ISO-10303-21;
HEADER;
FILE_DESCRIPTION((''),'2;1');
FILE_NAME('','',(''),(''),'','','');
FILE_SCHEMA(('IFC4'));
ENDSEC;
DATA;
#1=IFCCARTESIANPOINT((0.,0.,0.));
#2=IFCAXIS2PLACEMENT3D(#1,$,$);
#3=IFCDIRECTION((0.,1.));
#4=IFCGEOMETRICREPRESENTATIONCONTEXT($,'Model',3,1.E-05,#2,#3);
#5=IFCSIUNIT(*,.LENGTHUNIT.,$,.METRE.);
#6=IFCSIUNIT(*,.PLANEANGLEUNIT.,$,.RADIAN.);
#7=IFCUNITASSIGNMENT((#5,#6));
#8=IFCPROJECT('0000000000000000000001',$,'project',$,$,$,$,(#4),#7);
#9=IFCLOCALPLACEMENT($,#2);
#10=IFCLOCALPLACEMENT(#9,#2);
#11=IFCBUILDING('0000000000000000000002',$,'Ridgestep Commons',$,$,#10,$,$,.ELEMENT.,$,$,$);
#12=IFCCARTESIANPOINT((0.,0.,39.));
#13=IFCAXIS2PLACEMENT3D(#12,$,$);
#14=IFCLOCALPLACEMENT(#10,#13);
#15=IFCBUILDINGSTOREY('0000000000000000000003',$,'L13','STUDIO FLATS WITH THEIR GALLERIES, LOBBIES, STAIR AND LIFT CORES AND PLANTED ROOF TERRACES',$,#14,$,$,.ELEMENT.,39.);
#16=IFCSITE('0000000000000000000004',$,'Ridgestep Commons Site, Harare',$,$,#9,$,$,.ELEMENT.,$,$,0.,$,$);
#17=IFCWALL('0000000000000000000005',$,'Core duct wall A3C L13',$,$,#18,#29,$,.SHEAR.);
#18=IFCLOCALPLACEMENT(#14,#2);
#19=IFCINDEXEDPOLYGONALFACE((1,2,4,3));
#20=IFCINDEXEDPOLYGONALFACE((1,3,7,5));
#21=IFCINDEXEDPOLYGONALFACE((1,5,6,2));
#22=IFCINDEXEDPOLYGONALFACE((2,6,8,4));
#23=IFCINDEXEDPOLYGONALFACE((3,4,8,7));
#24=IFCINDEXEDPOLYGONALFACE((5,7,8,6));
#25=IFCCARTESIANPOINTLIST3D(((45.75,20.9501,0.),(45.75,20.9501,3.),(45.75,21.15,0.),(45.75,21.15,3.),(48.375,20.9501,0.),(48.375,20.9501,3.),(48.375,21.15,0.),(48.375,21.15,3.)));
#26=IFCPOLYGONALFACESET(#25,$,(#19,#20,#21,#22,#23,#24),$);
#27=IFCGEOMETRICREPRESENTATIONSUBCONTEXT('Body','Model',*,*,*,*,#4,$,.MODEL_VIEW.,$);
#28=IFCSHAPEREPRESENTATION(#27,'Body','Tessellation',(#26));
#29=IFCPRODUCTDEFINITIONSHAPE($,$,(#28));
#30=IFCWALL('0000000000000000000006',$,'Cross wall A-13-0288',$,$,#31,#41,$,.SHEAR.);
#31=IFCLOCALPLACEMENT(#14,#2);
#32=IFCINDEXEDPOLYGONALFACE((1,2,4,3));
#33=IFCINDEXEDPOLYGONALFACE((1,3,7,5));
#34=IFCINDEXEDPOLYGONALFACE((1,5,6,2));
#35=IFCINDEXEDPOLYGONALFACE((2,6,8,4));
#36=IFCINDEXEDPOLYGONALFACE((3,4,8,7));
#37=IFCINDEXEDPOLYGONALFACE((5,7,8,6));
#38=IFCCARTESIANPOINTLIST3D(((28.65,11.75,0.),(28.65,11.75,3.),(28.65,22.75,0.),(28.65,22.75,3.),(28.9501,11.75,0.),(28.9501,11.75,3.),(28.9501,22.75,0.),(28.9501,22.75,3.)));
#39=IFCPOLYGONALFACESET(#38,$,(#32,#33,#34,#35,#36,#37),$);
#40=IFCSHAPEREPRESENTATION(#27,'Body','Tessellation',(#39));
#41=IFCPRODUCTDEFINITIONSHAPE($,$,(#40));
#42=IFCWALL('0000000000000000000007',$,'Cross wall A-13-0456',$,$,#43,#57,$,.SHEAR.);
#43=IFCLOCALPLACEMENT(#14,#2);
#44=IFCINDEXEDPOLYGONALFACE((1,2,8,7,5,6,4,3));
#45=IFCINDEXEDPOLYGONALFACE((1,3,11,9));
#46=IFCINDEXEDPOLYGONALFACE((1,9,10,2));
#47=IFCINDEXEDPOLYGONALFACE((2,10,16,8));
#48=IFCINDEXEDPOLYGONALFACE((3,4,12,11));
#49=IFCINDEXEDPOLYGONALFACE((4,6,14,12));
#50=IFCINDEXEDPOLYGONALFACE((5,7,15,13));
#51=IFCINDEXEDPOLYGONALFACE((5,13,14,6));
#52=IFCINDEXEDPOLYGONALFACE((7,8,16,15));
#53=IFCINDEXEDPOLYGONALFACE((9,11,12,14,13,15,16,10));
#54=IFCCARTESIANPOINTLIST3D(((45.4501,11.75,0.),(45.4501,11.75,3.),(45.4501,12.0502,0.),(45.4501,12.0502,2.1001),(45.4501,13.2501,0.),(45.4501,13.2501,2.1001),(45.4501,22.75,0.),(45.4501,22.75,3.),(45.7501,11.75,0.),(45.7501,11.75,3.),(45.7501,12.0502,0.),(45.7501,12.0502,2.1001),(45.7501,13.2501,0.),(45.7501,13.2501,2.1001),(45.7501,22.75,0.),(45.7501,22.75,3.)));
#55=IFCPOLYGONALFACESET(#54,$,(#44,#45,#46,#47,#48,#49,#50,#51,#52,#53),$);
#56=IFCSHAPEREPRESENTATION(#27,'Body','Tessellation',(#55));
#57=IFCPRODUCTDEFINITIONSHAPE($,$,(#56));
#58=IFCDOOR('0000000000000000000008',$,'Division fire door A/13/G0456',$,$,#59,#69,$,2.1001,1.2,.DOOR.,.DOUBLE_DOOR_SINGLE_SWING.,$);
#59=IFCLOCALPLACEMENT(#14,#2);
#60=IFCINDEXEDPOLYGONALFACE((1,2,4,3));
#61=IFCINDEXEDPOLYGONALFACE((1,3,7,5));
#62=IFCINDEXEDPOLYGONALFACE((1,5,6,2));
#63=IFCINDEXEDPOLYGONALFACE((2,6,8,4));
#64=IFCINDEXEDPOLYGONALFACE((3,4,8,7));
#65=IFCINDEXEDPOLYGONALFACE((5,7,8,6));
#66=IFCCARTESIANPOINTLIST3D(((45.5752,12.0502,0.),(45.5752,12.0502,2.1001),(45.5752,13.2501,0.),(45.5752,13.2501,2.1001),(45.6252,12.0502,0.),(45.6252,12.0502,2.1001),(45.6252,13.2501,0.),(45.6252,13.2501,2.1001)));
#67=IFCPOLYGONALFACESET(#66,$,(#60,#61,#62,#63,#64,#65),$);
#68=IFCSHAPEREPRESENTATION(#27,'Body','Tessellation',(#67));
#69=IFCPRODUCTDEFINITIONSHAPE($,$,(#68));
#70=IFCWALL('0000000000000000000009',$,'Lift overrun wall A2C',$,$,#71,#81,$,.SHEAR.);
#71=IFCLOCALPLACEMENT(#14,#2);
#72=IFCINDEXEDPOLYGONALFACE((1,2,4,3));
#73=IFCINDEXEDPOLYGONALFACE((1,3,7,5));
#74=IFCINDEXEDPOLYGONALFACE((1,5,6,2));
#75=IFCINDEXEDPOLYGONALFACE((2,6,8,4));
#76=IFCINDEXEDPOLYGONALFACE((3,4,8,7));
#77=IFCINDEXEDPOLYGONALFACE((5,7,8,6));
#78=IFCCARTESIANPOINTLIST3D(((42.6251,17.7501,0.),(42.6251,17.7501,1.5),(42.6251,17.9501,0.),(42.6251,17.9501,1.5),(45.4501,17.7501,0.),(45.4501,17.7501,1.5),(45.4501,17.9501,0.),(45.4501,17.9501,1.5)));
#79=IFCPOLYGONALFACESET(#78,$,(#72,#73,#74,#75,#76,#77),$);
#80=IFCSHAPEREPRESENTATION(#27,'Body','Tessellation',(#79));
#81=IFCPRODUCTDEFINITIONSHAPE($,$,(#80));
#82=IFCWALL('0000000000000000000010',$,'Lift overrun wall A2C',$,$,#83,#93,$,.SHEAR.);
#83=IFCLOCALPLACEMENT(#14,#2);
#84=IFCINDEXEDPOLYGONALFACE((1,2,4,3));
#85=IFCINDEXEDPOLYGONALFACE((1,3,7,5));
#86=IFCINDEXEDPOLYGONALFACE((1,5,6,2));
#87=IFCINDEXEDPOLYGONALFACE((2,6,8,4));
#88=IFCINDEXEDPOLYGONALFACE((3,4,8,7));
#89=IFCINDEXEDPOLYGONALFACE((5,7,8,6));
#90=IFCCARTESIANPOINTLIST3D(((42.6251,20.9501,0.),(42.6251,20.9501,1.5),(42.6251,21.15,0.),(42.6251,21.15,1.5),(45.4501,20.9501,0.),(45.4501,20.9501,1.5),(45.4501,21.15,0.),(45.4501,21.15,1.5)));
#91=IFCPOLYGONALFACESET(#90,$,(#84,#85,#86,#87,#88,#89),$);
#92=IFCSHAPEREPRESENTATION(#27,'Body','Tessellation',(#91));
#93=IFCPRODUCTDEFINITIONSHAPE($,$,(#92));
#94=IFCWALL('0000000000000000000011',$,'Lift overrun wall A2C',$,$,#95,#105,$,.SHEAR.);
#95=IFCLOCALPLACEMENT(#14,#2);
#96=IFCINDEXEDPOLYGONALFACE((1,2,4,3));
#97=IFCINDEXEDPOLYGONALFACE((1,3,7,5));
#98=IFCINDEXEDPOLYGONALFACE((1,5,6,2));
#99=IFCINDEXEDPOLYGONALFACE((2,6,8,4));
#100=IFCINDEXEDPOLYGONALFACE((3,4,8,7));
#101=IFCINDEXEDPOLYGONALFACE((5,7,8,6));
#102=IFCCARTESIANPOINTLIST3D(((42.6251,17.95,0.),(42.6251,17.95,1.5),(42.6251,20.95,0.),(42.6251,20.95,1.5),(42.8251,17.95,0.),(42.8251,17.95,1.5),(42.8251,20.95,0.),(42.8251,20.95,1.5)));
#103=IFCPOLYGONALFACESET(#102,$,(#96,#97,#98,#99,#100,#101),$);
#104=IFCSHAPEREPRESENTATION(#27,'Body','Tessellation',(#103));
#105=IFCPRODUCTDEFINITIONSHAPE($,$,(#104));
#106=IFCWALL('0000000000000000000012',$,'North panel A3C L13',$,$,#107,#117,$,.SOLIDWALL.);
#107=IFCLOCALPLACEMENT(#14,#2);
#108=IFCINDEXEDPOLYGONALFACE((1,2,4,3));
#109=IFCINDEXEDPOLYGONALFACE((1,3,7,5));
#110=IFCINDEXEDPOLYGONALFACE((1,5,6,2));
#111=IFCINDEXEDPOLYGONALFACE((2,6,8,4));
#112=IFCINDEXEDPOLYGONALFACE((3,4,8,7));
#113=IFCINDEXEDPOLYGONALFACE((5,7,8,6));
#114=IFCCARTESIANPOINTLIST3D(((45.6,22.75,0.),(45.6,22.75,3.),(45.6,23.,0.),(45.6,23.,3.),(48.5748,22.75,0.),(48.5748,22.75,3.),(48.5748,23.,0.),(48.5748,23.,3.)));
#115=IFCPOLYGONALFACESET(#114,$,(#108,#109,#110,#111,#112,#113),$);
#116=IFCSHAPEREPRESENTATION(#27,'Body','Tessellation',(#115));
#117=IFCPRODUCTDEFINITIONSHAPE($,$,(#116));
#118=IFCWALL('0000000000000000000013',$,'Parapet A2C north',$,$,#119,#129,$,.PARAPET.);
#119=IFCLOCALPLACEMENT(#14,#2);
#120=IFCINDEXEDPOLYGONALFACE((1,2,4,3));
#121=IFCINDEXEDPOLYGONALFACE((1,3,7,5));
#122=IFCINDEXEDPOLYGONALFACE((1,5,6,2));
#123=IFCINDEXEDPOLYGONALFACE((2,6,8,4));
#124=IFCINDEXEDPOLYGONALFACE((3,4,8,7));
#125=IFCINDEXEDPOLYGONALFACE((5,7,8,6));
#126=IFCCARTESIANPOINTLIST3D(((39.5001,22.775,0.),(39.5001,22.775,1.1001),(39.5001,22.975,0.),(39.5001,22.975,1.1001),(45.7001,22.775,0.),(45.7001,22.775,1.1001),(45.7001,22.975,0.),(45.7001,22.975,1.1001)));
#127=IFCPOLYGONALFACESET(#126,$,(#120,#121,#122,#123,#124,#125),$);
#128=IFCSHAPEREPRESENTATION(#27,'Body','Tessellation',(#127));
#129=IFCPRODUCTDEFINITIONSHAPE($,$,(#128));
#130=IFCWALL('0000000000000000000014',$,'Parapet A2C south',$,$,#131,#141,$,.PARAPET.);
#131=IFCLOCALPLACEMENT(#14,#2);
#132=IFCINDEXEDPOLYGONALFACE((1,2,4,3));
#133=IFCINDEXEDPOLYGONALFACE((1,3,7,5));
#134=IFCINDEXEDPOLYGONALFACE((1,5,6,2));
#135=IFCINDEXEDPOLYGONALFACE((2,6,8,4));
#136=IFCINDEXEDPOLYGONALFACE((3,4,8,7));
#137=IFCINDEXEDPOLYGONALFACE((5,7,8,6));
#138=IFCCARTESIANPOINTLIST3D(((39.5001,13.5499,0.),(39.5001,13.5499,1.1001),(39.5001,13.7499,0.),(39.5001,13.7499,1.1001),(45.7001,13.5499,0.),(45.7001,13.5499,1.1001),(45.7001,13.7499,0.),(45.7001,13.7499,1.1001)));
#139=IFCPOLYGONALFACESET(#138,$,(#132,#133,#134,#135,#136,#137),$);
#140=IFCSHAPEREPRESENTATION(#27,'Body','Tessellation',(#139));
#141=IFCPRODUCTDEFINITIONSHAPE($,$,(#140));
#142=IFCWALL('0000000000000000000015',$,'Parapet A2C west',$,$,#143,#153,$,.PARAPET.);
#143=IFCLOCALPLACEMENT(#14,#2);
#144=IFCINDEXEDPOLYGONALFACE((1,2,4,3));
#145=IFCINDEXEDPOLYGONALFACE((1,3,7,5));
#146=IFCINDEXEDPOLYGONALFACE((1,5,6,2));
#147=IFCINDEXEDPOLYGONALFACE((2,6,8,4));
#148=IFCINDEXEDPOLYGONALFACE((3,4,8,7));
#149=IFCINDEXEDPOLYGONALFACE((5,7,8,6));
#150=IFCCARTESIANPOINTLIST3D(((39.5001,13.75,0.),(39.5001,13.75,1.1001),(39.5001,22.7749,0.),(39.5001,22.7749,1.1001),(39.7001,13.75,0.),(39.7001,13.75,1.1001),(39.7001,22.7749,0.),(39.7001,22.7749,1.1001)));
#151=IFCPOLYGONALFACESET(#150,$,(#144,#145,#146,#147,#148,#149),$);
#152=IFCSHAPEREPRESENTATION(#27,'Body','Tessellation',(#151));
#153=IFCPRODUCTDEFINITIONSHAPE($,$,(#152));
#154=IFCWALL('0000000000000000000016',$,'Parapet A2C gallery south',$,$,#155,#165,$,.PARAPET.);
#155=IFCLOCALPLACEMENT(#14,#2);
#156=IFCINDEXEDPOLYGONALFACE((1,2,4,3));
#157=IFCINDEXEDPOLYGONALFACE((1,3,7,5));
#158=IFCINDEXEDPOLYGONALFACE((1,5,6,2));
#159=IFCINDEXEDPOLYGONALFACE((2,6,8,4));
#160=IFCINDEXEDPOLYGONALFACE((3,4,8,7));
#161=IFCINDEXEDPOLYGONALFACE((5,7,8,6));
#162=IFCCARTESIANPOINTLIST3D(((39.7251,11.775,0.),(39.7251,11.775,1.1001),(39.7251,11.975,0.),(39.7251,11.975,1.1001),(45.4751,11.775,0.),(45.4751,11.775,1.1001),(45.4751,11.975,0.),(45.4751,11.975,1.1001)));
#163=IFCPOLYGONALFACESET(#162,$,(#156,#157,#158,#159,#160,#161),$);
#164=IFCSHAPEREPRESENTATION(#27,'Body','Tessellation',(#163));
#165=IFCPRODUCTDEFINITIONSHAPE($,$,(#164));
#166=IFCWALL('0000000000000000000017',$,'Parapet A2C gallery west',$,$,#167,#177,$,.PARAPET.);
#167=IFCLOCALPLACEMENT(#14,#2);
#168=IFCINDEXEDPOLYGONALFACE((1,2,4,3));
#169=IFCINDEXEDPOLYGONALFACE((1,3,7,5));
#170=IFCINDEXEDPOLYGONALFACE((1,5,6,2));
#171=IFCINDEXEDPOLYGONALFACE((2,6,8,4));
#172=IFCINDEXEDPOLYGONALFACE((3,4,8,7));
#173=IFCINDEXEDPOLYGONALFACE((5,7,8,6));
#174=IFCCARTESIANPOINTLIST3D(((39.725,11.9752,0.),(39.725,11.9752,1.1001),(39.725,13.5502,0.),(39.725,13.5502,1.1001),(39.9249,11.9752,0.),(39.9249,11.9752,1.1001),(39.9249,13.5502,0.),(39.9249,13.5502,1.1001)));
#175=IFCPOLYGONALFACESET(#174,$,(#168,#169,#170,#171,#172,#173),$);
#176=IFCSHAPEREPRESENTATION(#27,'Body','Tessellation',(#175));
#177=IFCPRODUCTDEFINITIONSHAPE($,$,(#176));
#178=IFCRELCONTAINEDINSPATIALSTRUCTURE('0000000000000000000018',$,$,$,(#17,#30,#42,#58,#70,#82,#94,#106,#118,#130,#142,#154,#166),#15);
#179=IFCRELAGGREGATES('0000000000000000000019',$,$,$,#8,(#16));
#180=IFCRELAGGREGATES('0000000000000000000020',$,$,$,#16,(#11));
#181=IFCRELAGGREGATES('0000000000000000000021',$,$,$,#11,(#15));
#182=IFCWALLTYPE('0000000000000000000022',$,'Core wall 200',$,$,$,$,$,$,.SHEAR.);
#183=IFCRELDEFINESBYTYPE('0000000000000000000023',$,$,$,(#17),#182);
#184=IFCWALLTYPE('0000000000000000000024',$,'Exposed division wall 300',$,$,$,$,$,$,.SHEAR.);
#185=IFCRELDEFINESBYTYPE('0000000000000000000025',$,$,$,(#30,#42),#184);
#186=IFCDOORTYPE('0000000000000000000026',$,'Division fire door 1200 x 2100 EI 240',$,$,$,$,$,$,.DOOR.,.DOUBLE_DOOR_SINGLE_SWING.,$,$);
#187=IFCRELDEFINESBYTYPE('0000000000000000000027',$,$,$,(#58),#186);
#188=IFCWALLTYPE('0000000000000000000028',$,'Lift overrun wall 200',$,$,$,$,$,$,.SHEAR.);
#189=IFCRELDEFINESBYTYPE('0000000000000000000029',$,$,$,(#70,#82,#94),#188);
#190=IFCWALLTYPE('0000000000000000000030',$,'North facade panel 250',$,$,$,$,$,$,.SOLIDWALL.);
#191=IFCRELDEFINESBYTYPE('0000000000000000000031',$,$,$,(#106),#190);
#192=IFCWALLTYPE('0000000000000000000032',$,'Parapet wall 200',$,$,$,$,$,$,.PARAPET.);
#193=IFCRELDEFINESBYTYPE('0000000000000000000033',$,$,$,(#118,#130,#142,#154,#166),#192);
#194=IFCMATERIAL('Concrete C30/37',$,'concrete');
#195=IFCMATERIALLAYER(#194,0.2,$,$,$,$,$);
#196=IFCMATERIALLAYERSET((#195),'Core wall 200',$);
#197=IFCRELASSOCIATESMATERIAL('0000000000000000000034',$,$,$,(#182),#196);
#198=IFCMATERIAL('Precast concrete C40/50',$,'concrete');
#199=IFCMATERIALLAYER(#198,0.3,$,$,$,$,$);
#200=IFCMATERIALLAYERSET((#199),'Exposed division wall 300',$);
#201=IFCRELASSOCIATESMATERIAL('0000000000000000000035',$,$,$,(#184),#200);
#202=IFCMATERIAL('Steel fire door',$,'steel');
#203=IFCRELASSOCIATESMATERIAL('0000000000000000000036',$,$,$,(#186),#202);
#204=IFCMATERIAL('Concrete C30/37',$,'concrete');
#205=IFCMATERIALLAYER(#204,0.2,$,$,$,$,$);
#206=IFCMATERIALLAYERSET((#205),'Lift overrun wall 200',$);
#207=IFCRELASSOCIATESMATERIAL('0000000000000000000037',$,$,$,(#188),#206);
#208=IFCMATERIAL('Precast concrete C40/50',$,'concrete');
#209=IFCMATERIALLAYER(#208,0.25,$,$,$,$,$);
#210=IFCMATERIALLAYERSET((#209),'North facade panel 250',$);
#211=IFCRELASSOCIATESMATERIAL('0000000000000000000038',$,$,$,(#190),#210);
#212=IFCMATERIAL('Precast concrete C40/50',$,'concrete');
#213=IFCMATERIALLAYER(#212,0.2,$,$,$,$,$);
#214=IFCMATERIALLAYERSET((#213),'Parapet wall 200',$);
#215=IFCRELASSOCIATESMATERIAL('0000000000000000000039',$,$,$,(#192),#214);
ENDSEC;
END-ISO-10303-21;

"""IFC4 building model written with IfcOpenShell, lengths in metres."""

from ifc_helpers import new_model, si_unit, direction, frame, frame_2d, origin, place, context, subcontext, project, spatial, rectangle, extrude, material, layer, layer_set, type_object, element, fill, save


model = new_model("IFC4")

# Units and contexts
model_context = context("Model", 3, precision=1e-05, world=origin(), true_north=direction((0.0, 1.0)))
body_context = subcontext(model_context, "Body", "Model", "MODEL_VIEW")
ifc_project = project(units=[si_unit("LENGTHUNIT", "METRE"), si_unit("PLANEANGLEUNIT", "RADIAN")], contexts=[model_context])

# Site, building, storey
site_placement = place(None, origin())
site = spatial("IfcSite", under=ifc_project, at=site_placement, Name="Ridgestep Commons Site, Harare", CompositionType="ELEMENT", RefElevation=0.0)
building_placement = place(site_placement, origin())
building = spatial("IfcBuilding", under=site, at=building_placement, Name="Ridgestep Commons", CompositionType="ELEMENT")
storey_placement = place(building_placement, frame((0.0, 0.0, 39.0)))
storey = spatial("IfcBuildingStorey", under=building, at=storey_placement, Name="L13", Description="STUDIO FLATS WITH THEIR GALLERIES, LOBBIES, STAIR AND LIFT CORES AND PLANTED ROOF TERRACES", CompositionType="ELEMENT", Elevation=39.0)

# Shared definitions
ifc_material_1 = material(Name="Concrete C30/37", Category="concrete")
ifc_layer_1 = layer(ifc_material_1, 0.2)
ifc_layer_set_1 = layer_set([ifc_layer_1], Name="Core wall 200")
wall_type_1 = type_object("IfcWallType", Name="Core wall 200", PredefinedType="SHEAR", material=ifc_layer_set_1)

# Walls
wall_1_placement = place(storey_placement, frame((45.75, 21.05, 0.0), z_axis=(0.0, 0.0, 1.0), x_axis=(1.0, 0.0, 0.0)))
element("IfcWall", 1, at=wall_1_placement, inside=storey, type_object=wall_type_1, Name="Core duct wall A3C L13", PredefinedType="SHEAR", context=body_context, shape_type="SweptSolid", body=[
    extrude(rectangle(XDim=2.625, YDim=0.2, at=frame_2d((1.3125, 0.0))), origin(), (0.0, 0.0, 1.0), 3.0),
])
ifc_material_2 = material(Name="Precast concrete C40/50", Category="concrete")
ifc_layer_2 = layer(ifc_material_2, 0.3)
ifc_layer_set_2 = layer_set([ifc_layer_2], Name="Exposed division wall 300")
wall_type_2 = type_object("IfcWallType", Name="Exposed division wall 300", PredefinedType="SHEAR", material=ifc_layer_set_2)
wall_2_placement = place(storey_placement, frame((28.8, 11.75, 0.0), z_axis=(0.0, 0.0, 1.0), x_axis=(0.0, 1.0, 0.0)))
element("IfcWall", 2, at=wall_2_placement, inside=storey, type_object=wall_type_2, Name="Cross wall A-13-0288", PredefinedType="SHEAR", context=body_context, shape_type="SweptSolid", body=[
    extrude(rectangle(XDim=11.0, YDim=0.3, at=frame_2d((5.5, 0.0))), origin(), (0.0, 0.0, 1.0), 3.0),
])

# Wall, opening, door
wall_3_placement = place(storey_placement, frame((45.6001, 11.75, 0.0), z_axis=(0.0, 0.0, 1.0), x_axis=(0.0, 1.0, 0.0)))
wall_3 = element("IfcWall", 3, at=wall_3_placement, inside=storey, type_object=wall_type_2, Name="Cross wall A-13-0456", PredefinedType="SHEAR", context=body_context, shape_type="SweptSolid", body=[
    extrude(rectangle(XDim=11.0, YDim=0.3, at=frame_2d((5.5, 0.0))), origin(), (0.0, 0.0, 1.0), 3.0),
])
opening_1_placement = place(wall_3_placement, frame((0.3, 0.0, 0.0)))
opening_1 = element("IfcOpeningElement", 4, at=opening_1_placement, cuts=wall_3, PredefinedType="OPENING", context=body_context, shape_type="SweptSolid", body=[
    extrude(rectangle(XDim=1.2, YDim=2.1001, at=frame_2d((0.6001, 1.05))), frame((0.0, 0.1599, 0.0), z_axis=(0.0, -1.0, 0.0), x_axis=(1.0, 0.0, 0.0)), (0.0, 0.0, 1.0), 0.3201),
])
ifc_material_3 = material(Name="Steel fire door", Category="steel")
door_type_1 = type_object("IfcDoorType", Name="Division fire door 1200 x 2100 EI 240", OperationType="DOUBLE_DOOR_SINGLE_SWING", PredefinedType="DOOR", material=ifc_material_3)
door_1_placement = place(opening_1_placement, origin())
door_1 = element("IfcDoor", 5, at=door_1_placement, inside=storey, type_object=door_type_1, Name="Division fire door A/13/G0456", OperationType="DOUBLE_DOOR_SINGLE_SWING", OverallHeight=2.1001, OverallWidth=1.2, PredefinedType="DOOR", context=body_context, shape_type="SweptSolid", body=[
    extrude(rectangle(XDim=1.2, YDim=2.1001, at=frame_2d((0.6001, 1.05))), frame((0.0, 0.0249, 0.0), z_axis=(0.0, -1.0, 0.0), x_axis=(1.0, 0.0, 0.0)), (0.0, 0.0, 1.0), 0.05),
])
fill(opening_1, door_1)

# Walls
ifc_material_4 = material(Name="Concrete C30/37", Category="concrete")
ifc_layer_3 = layer(ifc_material_4, 0.2)
ifc_layer_set_3 = layer_set([ifc_layer_3], Name="Lift overrun wall 200")
wall_type_3 = type_object("IfcWallType", Name="Lift overrun wall 200", PredefinedType="SHEAR", material=ifc_layer_set_3)
for number, where, z_axis, x_axis, name in (
    (6, (42.625, 17.8501, 0.0), (0.0, 0.0, 1.0), (1.0, 0.0, 0.0), "Lift overrun wall A2C"),
    (7, (42.625, 21.05, 0.0), (0.0, 0.0, 1.0), (1.0, 0.0, 0.0), "Lift overrun wall A2C"),
):
    element("IfcWall", number, at=place(storey_placement, frame(where, z_axis=z_axis, x_axis=x_axis)), inside=storey, type_object=wall_type_3, Name=name, PredefinedType="SHEAR", context=body_context, shape_type="SweptSolid", body=[
        extrude(rectangle(XDim=2.825, YDim=0.2, at=frame_2d((1.4126, 0.0))), origin(), (0.0, 0.0, 1.0), 1.5),
    ])
wall_4_placement = place(storey_placement, frame((42.7251, 17.95, 0.0), z_axis=(0.0, 0.0, 1.0), x_axis=(0.0, 1.0, 0.0)))
element("IfcWall", 8, at=wall_4_placement, inside=storey, type_object=wall_type_3, Name="Lift overrun wall A2C", PredefinedType="SHEAR", context=body_context, shape_type="SweptSolid", body=[
    extrude(rectangle(XDim=3.0, YDim=0.2, at=frame_2d((1.5, 0.0))), origin(), (0.0, 0.0, 1.0), 1.5),
])
ifc_material_5 = material(Name="Precast concrete C40/50", Category="concrete")
ifc_layer_4 = layer(ifc_material_5, 0.25)
ifc_layer_set_4 = layer_set([ifc_layer_4], Name="North facade panel 250")
wall_type_4 = type_object("IfcWallType", Name="North facade panel 250", PredefinedType="SOLIDWALL", material=ifc_layer_set_4)
wall_5_placement = place(storey_placement, frame((45.6001, 22.875, 0.0), z_axis=(0.0, 0.0, 1.0), x_axis=(1.0, 0.0, 0.0)))
element("IfcWall", 9, at=wall_5_placement, inside=storey, type_object=wall_type_4, Name="North panel A3C L13", PredefinedType="SOLIDWALL", context=body_context, shape_type="SweptSolid", body=[
    extrude(rectangle(XDim=2.9749, YDim=0.25, at=frame_2d((1.4873, 0.0))), origin(), (0.0, 0.0, 1.0), 3.0),
])
ifc_material_6 = material(Name="Precast concrete C40/50", Category="concrete")
ifc_layer_5 = layer(ifc_material_6, 0.2)
ifc_layer_set_5 = layer_set([ifc_layer_5], Name="Parapet wall 200")
wall_type_5 = type_object("IfcWallType", Name="Parapet wall 200", PredefinedType="PARAPET", material=ifc_layer_set_5)
for number, where, z_axis, x_axis, name in (
    (10, (39.5, 22.875, 0.0), (0.0, 0.0, 1.0), (1.0, 0.0, 0.0), "Parapet A2C north"),
    (11, (39.5, 13.6499, 0.0), (0.0, 0.0, 1.0), (1.0, 0.0, 0.0), "Parapet A2C south"),
):
    element("IfcWall", number, at=place(storey_placement, frame(where, z_axis=z_axis, x_axis=x_axis)), inside=storey, type_object=wall_type_5, Name=name, PredefinedType="PARAPET", context=body_context, shape_type="SweptSolid", body=[
        extrude(rectangle(XDim=6.2, YDim=0.2, at=frame_2d((3.1001, 0.0))), origin(), (0.0, 0.0, 1.0), 1.1001),
    ])
wall_6_placement = place(storey_placement, frame((39.6001, 13.75, 0.0), z_axis=(0.0, 0.0, 1.0), x_axis=(0.0, 1.0, 0.0)))
element("IfcWall", 12, at=wall_6_placement, inside=storey, type_object=wall_type_5, Name="Parapet A2C west", PredefinedType="PARAPET", context=body_context, shape_type="SweptSolid", body=[
    extrude(rectangle(XDim=9.0249, YDim=0.2, at=frame_2d((4.5125, 0.0))), origin(), (0.0, 0.0, 1.0), 1.1001),
])
wall_7_placement = place(storey_placement, frame((39.7251, 11.875, 0.0), z_axis=(0.0, 0.0, 1.0), x_axis=(1.0, 0.0, 0.0)))
element("IfcWall", 13, at=wall_7_placement, inside=storey, type_object=wall_type_5, Name="Parapet A2C gallery south", PredefinedType="PARAPET", context=body_context, shape_type="SweptSolid", body=[
    extrude(rectangle(XDim=5.75, YDim=0.2, at=frame_2d((2.875, 0.0))), origin(), (0.0, 0.0, 1.0), 1.1001),
])
wall_8_placement = place(storey_placement, frame((39.825, 11.9751, 0.0), z_axis=(0.0, 0.0, 1.0), x_axis=(0.0, 1.0, 0.0)))
element("IfcWall", 14, at=wall_8_placement, inside=storey, type_object=wall_type_5, Name="Parapet A2C gallery west", PredefinedType="PARAPET", context=body_context, shape_type="SweptSolid", body=[
    extrude(rectangle(XDim=1.575, YDim=0.2, at=frame_2d((0.7876, 0.0))), origin(), (0.0, 0.0, 1.0), 1.1001),
])

save(model, "model.ifc")
